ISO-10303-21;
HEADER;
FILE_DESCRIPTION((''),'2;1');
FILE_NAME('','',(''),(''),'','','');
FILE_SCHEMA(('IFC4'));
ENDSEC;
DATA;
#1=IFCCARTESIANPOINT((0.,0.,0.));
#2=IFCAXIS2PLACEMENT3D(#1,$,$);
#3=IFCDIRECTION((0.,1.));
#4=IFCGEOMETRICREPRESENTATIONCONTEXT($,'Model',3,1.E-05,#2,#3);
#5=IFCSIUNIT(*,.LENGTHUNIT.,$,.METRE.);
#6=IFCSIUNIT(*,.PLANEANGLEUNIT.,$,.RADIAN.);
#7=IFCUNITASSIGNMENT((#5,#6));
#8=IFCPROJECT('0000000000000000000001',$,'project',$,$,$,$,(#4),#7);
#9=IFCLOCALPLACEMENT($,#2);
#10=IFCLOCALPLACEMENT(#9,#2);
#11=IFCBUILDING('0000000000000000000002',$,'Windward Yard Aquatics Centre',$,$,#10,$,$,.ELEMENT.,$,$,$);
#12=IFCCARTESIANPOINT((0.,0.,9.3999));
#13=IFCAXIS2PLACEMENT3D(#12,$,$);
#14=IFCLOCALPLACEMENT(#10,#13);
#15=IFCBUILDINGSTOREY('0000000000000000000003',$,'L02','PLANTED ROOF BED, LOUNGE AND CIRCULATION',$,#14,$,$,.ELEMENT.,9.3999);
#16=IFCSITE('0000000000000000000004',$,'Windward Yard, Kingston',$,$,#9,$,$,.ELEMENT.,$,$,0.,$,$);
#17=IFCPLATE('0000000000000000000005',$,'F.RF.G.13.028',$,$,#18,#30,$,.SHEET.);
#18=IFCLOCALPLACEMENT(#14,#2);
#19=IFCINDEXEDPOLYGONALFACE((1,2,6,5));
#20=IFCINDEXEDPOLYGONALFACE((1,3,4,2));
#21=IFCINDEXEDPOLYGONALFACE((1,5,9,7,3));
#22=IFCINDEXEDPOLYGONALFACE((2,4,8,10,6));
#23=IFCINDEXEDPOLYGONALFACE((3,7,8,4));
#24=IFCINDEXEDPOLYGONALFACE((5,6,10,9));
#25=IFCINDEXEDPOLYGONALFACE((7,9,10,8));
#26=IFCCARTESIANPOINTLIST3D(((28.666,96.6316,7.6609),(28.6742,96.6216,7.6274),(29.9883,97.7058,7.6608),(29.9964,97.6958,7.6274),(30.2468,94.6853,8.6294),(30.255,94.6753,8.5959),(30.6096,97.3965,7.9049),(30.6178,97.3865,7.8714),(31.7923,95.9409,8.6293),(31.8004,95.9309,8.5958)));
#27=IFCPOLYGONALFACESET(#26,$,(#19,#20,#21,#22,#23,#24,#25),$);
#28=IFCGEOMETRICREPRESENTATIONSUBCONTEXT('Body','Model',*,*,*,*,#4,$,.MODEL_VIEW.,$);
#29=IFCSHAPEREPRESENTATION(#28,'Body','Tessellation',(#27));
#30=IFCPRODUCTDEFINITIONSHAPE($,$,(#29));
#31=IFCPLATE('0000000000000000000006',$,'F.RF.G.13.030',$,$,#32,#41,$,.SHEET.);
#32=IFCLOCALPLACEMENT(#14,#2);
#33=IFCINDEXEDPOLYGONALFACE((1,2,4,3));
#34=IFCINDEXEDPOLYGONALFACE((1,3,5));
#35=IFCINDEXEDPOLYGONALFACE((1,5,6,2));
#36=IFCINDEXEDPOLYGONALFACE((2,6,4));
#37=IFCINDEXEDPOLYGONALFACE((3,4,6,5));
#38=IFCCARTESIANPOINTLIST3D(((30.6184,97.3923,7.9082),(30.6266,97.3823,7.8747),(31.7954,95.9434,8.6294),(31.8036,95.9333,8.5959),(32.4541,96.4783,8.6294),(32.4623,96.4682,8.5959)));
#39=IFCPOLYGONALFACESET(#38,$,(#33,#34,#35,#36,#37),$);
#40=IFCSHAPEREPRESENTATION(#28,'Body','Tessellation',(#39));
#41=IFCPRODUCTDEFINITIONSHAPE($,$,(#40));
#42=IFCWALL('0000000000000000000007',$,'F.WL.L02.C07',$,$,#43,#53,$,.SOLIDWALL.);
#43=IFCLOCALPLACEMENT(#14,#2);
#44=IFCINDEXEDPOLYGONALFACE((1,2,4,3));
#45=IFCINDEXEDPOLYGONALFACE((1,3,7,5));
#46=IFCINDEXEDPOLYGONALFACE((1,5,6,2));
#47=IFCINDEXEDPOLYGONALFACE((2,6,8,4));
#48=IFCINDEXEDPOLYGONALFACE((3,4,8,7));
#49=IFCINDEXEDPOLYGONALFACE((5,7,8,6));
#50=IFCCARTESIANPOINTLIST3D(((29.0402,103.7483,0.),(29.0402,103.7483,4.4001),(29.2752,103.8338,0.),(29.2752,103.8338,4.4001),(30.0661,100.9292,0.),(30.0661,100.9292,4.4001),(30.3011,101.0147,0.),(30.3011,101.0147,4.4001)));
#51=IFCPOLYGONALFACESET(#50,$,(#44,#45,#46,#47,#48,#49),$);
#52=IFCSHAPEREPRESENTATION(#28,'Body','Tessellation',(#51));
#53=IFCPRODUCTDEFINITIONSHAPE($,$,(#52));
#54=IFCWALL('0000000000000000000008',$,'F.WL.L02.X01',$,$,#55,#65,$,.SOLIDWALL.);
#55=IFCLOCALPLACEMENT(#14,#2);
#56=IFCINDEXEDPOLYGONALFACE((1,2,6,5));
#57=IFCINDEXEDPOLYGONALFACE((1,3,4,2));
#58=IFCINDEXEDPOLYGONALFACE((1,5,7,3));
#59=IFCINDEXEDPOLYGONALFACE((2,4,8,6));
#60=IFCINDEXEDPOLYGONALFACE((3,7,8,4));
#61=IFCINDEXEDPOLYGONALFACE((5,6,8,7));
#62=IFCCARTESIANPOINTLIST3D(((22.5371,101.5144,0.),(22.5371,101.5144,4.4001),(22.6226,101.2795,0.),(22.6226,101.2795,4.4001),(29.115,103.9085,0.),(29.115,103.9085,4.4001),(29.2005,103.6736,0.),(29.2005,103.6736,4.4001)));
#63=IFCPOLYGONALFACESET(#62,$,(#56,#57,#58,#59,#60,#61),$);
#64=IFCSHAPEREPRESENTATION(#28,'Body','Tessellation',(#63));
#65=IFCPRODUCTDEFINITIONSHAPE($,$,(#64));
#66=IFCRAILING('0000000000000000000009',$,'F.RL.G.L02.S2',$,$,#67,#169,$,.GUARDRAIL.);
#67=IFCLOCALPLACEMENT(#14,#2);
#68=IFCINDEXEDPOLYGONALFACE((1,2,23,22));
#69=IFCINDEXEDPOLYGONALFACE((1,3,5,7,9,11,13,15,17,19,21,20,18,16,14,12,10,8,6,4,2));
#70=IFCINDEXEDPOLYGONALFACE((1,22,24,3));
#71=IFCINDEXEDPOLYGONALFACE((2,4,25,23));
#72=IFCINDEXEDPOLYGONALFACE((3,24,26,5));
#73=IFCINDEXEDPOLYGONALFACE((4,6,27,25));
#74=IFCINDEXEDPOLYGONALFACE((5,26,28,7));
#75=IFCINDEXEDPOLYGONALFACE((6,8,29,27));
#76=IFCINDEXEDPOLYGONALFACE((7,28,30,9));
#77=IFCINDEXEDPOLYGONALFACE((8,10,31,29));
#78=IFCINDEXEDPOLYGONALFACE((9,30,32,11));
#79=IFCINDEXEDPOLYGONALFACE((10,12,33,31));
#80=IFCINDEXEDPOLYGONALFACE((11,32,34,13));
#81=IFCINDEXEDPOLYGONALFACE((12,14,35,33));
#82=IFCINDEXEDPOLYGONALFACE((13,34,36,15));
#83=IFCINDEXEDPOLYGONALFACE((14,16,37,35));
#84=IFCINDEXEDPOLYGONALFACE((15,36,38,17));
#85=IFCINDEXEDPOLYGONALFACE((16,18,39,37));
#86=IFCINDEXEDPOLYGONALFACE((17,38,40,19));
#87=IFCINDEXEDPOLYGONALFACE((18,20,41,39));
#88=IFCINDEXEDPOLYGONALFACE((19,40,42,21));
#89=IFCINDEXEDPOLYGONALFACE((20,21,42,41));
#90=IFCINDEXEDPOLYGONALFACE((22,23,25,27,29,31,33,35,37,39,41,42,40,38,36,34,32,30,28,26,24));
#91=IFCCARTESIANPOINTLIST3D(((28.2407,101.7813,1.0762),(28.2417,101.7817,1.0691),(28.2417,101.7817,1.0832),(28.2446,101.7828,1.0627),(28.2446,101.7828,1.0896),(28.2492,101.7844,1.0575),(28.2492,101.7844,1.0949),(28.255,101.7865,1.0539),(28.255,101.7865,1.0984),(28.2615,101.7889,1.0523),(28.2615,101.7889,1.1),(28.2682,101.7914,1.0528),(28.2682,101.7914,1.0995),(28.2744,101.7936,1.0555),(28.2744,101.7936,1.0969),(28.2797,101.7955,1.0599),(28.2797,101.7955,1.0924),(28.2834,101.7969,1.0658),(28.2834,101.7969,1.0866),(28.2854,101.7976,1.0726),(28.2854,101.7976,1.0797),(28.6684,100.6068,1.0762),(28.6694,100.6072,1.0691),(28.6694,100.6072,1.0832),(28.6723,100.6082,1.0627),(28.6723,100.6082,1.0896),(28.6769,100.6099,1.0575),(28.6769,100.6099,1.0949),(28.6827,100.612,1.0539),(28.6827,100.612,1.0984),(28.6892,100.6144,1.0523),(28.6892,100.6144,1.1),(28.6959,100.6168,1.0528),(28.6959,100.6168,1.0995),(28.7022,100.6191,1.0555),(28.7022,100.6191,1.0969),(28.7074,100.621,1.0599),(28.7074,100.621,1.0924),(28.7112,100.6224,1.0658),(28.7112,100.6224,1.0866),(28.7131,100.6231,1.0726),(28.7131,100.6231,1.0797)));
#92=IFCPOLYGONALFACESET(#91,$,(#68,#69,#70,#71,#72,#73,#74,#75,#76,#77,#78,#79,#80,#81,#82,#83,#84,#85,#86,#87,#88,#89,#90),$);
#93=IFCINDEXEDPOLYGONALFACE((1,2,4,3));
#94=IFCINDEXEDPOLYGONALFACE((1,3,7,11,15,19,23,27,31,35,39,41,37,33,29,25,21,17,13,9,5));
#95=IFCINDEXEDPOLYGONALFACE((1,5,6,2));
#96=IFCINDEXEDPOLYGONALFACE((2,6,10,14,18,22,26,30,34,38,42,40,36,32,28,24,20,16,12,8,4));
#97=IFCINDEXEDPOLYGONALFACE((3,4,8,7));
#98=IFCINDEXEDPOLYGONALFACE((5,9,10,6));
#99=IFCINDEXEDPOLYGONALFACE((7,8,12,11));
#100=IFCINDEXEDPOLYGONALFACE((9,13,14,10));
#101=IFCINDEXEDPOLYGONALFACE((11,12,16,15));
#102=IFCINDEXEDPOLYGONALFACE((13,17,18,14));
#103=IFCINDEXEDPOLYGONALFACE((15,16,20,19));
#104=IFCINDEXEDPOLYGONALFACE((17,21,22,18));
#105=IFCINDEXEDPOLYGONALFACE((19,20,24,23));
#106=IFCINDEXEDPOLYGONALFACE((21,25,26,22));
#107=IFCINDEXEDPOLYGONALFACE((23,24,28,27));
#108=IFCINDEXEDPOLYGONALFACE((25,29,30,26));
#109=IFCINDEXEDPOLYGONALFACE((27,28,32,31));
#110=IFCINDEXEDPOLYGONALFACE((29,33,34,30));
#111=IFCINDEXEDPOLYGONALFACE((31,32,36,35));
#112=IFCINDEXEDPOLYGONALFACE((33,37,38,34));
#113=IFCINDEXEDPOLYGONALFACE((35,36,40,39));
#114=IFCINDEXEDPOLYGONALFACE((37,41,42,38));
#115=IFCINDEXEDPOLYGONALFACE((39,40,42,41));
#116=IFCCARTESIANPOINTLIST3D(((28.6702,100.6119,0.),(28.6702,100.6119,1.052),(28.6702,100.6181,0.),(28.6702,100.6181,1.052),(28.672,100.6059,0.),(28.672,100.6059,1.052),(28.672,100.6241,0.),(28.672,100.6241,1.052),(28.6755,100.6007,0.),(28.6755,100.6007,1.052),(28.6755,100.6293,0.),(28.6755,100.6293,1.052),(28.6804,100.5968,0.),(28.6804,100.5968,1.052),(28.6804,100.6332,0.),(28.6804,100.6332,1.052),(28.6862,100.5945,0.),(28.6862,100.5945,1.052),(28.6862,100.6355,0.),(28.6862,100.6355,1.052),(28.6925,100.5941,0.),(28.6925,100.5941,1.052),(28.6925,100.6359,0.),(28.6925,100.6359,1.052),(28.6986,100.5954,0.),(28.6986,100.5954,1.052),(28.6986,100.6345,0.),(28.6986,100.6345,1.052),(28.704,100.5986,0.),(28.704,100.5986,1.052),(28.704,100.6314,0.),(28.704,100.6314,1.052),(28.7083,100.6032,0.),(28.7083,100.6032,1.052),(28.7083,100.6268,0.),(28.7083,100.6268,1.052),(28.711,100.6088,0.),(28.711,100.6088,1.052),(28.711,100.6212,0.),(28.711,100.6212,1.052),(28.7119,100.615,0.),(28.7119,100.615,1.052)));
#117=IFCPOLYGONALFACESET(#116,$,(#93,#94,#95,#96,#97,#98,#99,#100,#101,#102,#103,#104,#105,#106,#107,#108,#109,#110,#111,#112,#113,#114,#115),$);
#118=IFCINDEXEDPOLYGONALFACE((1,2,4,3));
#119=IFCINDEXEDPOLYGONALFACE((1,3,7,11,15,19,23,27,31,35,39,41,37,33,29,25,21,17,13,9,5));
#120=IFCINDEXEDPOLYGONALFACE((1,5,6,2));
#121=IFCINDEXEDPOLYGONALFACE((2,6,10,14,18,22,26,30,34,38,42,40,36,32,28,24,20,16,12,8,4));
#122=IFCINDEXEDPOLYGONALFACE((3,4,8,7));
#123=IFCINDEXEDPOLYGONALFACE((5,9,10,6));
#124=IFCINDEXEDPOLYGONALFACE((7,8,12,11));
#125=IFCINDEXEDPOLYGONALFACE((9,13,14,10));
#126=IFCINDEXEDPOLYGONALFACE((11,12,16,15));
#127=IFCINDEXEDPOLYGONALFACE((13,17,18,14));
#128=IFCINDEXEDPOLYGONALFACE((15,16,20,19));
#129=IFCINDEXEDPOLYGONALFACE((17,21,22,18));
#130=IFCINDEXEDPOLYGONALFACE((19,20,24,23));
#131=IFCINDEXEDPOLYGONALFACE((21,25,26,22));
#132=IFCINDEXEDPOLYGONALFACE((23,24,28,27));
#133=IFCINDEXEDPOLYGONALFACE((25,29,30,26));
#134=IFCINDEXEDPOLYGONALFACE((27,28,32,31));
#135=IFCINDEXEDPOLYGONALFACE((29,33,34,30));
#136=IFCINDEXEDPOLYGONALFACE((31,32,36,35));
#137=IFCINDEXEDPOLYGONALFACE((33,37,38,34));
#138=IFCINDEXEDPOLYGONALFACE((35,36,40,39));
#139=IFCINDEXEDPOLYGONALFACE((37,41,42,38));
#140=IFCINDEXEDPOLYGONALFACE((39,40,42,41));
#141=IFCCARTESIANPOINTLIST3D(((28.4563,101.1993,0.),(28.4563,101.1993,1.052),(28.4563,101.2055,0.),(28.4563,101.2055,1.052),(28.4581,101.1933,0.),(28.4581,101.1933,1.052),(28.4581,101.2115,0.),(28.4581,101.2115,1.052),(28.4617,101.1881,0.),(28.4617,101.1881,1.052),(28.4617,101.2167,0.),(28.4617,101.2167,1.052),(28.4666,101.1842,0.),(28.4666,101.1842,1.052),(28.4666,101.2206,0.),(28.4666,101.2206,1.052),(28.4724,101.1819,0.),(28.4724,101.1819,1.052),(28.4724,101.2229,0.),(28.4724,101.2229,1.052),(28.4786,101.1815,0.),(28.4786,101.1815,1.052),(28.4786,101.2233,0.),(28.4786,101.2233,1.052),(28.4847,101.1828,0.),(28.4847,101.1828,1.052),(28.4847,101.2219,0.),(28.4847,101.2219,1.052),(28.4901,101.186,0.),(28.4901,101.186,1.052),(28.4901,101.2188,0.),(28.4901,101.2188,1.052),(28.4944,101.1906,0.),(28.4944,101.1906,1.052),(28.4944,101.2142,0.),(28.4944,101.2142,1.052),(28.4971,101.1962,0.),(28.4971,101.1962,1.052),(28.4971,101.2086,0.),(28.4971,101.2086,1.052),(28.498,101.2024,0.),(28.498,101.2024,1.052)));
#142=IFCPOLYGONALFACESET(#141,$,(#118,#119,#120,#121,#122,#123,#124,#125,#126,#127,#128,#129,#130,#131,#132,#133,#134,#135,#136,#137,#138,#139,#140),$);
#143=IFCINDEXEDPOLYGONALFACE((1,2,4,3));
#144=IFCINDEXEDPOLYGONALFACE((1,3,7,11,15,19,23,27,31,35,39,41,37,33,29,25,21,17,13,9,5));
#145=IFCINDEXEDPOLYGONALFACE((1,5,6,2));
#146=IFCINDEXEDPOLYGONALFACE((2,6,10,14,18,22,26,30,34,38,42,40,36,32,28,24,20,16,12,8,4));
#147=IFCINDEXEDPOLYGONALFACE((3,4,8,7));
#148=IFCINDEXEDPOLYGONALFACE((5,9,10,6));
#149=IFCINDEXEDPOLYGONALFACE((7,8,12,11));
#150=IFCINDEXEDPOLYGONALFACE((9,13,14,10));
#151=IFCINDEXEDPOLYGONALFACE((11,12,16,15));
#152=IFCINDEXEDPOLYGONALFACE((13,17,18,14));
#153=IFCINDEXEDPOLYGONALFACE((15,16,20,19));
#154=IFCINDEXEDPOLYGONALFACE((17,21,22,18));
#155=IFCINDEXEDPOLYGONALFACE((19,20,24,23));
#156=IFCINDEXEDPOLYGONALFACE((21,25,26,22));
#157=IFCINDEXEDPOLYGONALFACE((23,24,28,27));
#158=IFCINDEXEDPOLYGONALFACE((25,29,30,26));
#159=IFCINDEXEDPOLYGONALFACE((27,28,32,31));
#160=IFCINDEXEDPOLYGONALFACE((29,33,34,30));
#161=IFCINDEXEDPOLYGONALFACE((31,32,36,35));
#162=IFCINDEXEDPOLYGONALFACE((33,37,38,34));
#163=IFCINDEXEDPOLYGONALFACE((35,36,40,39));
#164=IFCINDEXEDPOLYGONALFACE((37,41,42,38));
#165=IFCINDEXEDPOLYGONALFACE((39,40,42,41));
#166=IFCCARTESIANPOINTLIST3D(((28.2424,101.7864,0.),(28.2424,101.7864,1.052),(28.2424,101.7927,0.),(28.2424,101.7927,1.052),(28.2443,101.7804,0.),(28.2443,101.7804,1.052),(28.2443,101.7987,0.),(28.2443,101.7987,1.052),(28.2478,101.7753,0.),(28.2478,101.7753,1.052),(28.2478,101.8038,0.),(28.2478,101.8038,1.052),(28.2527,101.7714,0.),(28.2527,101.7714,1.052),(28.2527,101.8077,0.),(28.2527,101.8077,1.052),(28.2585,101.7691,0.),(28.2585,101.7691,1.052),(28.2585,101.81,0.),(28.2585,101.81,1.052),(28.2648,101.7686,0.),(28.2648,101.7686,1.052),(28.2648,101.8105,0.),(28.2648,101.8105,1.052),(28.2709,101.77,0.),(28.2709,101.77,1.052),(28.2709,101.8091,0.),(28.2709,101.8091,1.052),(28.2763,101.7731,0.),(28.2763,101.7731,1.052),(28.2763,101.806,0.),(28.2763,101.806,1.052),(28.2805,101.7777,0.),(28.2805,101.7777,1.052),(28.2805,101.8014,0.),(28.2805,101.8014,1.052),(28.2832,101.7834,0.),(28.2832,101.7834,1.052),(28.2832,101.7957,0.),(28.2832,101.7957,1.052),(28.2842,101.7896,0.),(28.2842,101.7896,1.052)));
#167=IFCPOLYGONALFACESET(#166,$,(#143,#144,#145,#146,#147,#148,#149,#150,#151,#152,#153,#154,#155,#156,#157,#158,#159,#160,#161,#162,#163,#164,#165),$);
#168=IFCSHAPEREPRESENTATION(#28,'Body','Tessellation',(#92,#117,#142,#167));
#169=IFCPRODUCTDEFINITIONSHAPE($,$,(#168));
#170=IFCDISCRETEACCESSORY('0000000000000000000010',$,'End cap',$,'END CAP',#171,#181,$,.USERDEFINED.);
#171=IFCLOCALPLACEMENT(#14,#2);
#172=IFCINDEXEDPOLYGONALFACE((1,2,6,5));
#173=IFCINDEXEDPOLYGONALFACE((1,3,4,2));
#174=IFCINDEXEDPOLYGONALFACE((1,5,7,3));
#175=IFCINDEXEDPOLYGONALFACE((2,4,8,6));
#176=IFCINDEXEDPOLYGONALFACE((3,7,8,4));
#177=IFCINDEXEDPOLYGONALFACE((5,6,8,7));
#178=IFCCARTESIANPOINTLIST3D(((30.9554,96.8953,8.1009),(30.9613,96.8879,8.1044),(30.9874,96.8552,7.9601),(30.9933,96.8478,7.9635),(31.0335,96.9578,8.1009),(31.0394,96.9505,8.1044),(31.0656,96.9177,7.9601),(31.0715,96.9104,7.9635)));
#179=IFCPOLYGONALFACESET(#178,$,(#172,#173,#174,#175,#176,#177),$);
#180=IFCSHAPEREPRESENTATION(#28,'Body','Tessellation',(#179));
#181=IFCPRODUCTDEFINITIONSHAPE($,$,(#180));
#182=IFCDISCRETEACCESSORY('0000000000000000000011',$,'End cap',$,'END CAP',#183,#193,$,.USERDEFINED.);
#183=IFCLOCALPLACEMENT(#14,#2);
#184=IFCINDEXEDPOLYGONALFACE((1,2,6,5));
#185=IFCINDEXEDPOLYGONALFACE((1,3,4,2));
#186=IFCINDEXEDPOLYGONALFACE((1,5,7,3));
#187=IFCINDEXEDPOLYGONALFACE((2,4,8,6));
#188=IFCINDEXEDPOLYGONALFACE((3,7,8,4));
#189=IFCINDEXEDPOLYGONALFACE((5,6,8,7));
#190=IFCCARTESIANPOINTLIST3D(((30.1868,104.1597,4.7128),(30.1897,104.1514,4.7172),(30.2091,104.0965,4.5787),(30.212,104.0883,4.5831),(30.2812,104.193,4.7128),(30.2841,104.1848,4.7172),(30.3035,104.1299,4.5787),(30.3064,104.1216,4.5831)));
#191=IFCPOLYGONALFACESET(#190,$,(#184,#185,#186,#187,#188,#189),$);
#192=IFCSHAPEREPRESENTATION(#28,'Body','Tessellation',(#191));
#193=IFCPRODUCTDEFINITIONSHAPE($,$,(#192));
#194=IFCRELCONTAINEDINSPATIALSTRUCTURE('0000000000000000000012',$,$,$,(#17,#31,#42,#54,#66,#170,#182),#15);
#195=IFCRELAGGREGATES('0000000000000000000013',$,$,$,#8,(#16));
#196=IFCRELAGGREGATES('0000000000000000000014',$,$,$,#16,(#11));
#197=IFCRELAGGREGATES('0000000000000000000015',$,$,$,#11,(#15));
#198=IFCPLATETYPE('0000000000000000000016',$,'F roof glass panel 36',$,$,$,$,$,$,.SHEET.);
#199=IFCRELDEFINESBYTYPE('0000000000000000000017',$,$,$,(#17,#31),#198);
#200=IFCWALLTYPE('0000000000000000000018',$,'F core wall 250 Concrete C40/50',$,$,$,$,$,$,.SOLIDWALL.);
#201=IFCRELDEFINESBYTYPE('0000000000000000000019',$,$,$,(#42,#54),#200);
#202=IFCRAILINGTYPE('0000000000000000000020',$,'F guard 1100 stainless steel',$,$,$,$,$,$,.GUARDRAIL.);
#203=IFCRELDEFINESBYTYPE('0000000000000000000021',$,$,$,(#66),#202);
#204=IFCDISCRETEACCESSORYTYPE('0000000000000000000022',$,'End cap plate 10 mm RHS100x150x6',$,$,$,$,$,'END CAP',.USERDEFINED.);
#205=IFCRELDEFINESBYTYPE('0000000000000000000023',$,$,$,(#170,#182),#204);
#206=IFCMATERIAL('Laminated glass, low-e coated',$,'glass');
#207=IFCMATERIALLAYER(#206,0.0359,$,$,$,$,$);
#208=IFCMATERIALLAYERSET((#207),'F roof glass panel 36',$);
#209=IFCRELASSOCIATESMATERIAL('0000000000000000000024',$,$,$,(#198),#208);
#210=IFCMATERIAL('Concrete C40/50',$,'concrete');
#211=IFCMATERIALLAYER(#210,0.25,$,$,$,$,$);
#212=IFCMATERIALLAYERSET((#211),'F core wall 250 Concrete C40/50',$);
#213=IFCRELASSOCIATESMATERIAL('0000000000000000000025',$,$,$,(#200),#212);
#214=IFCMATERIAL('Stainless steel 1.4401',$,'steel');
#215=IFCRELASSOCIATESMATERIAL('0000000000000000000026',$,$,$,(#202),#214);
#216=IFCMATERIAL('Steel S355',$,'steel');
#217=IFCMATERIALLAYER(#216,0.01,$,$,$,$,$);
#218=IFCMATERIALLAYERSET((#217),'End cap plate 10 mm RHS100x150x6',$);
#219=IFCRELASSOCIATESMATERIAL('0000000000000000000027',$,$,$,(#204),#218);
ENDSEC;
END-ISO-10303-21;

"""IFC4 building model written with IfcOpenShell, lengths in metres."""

from ifc_helpers import new_model, si_unit, direction, frame, frame_2d, origin, origin_2d, place, context, subcontext, project, spatial, polyline, rectangle, circle, outline, extrude, material, layer, layer_set, type_object, element, save


model = new_model("IFC4")

# Units and contexts
model_context = context("Model", 3, precision=1e-05, world=origin(), true_north=direction((0.0, 1.0)))
body_context = subcontext(model_context, "Body", "Model", "MODEL_VIEW")
ifc_project = project(units=[si_unit("LENGTHUNIT", "METRE"), si_unit("PLANEANGLEUNIT", "RADIAN")], contexts=[model_context])

# Site, building, storey
site_placement = place(None, origin())
site = spatial("IfcSite", under=ifc_project, at=site_placement, Name="Windward Yard, Kingston", CompositionType="ELEMENT", RefElevation=0.0)
building_placement = place(site_placement, origin())
building = spatial("IfcBuilding", under=site, at=building_placement, Name="Windward Yard Aquatics Centre", CompositionType="ELEMENT")
storey_placement = place(building_placement, frame((0.0, 0.0, 9.3999)))
storey = spatial("IfcBuildingStorey", under=building, at=storey_placement, Name="L02", Description="PLANTED ROOF BED, LOUNGE AND CIRCULATION", CompositionType="ELEMENT", Elevation=9.3999)

# Shared definitions
ifc_material_1 = material(Name="Steel S355", Category="steel")

# Plates
ifc_material_2 = material(Name="Laminated glass, low-e coated", Category="glass")
ifc_layer_1 = layer(ifc_material_2, 0.0359)
ifc_layer_set_1 = layer_set([ifc_layer_1], Name="F roof glass panel 36")
plate_type = type_object("IfcPlateType", Name="F roof glass panel 36", PredefinedType="SHEET", material=ifc_layer_set_1)
plate_1_placement = place(storey_placement, frame((28.666, 96.6316, 7.6609), z_axis=(-0.227176, 0.279688, 0.932827), x_axis=(0.776157, 0.63054, -0.000032)))
element("IfcPlate", 1, at=plate_1_placement, inside=storey, type_object=plate_type, Name="F.RF.G.13.028", PredefinedType="SHEET", context=body_context, shape_type="SweptSolid", body=[
    extrude(outline(polyline([(0.0, 0.0), (1.7036, 0.0), (1.9908, -0.6773), (1.9909, -2.6879), (-0.0003, -2.6879), (0.0, 0.0)])), origin(), (0.0, 0.0, -1.0), 0.0359),
])
plate_2_placement = place(storey_placement, frame((30.6184, 97.3923, 7.9082), z_axis=(-0.227177, 0.279746, 0.932809), x_axis=(0.844464, -0.420491, 0.331766)))
element("IfcPlate", 2, at=plate_2_placement, inside=storey, type_object=plate_type, Name="F.RF.G.13.030", PredefinedType="SHEET", context=body_context, shape_type="SweptSolid", body=[
    extrude(outline(polyline([(0.0, 0.0), (2.1738, 0.0), (1.8425, -0.7812), (0.0, 0.0)])), origin(), (0.0, 0.0, -1.0), 0.0359),
])

# Walls
ifc_material_3 = material(Name="Concrete C40/50", Category="concrete")
ifc_layer_2 = layer(ifc_material_3, 0.25)
ifc_layer_set_2 = layer_set([ifc_layer_2], Name="F core wall 250 Concrete C40/50")
wall_type = type_object("IfcWallType", Name="F core wall 250 Concrete C40/50", PredefinedType="SOLIDWALL", material=ifc_layer_set_2)
wall_1_placement = place(storey_placement, frame((30.1836, 100.9719, 0.0), z_axis=(0.0, 0.0, 1.0), x_axis=(-0.341965, 0.939713, 0.0)))
element("IfcWall", 3, at=wall_1_placement, inside=storey, type_object=wall_type, Name="F.WL.L02.C07", PredefinedType="SOLIDWALL", context=body_context, shape_type="SweptSolid", body=[
    extrude(rectangle(XDim=3.0, YDim=0.25, at=frame_2d((1.5, 0.0))), origin(), (0.0, 0.0, 1.0), 4.4001),
])
wall_2_placement = place(storey_placement, frame((29.1577, 103.791, 0.0), z_axis=(0.0, 0.0, 1.0), x_axis=(-0.939698, -0.342006, 0.0)))
element("IfcWall", 4, at=wall_2_placement, inside=storey, type_object=wall_type, Name="F.WL.L02.X01", PredefinedType="SOLIDWALL", context=body_context, shape_type="SweptSolid", body=[
    extrude(rectangle(XDim=7.0, YDim=0.25, at=frame_2d((3.5, 0.0))), origin(), (0.0, 0.0, 1.0), 4.4001),
])

# Railing
ifc_material_4 = material(Name="Stainless steel 1.4401", Category="steel")
railing_type = type_object("IfcRailingType", Name="F guard 1100 stainless steel", PredefinedType="GUARDRAIL", material=ifc_material_4)
railing_placement = place(storey_placement, frame((28.6909, 100.615, 0.0)))
element("IfcRailing", 5, at=railing_placement, inside=storey, type_object=railing_type, Name="F.RL.G.L02.S2", PredefinedType="GUARDRAIL", context=body_context, shape_type="SweptSolid", body=[
    extrude(circle(Radius=0.0239, at=origin_2d()), frame((0.0, 0.0, 1.0762), z_axis=(-0.342182, 0.939634, 0.0), x_axis=(-0.939634, -0.342182, 0.0)), (0.0, 0.0, 1.0), 1.25),
    extrude(circle(Radius=0.021, at=origin_2d()), origin(), (0.0, 0.0, 1.0), 1.052),
    extrude(circle(Radius=0.021, at=origin_2d()), frame((-0.2139, 0.5874, 0.0)), (0.0, 0.0, 1.0), 1.052),
    extrude(circle(Radius=0.021, at=origin_2d()), frame((-0.4277, 1.1746, 0.0)), (0.0, 0.0, 1.0), 1.052),
])

# Discrete accessories
ifc_layer_3 = layer(ifc_material_1, 0.01)
ifc_layer_set_3 = layer_set([ifc_layer_3], Name="End cap plate 10 mm RHS100x150x6")
discrete_accessory_type = type_object("IfcDiscreteAccessoryType", Name="End cap plate 10 mm RHS100x150x6", ElementType="END CAP", PredefinedType="USERDEFINED", material=ifc_layer_set_3)
discrete_accessory_1_placement = place(storey_placement, frame((31.0105, 96.9065, 8.0305), z_axis=(0.586939, -0.733674, 0.342381), x_axis=(0.780869, 0.624695, 0.0)))
element("IfcDiscreteAccessory", 6, at=discrete_accessory_1_placement, inside=storey, type_object=discrete_accessory_type, Name="End cap", ObjectType="END CAP", PredefinedType="USERDEFINED", context=body_context, shape_type="SweptSolid", body=[
    extrude(rectangle(XDim=0.1001, YDim=0.1499, at=origin_2d()), origin(), (0.0, 0.0, 1.0), 0.01),
])
discrete_accessory_2_placement = place(storey_placement, frame((30.2451, 104.1448, 4.6458), z_axis=(0.297775, -0.843696, 0.446663), x_axis=(0.94299, 0.33282, 0.0)))
element("IfcDiscreteAccessory", 7, at=discrete_accessory_2_placement, inside=storey, type_object=discrete_accessory_type, Name="End cap", ObjectType="END CAP", PredefinedType="USERDEFINED", context=body_context, shape_type="SweptSolid", body=[
    extrude(rectangle(XDim=0.1001, YDim=0.1499, at=origin_2d()), origin(), (0.0, 0.0, 1.0), 0.0098),
])

save(model, "model.ifc")
